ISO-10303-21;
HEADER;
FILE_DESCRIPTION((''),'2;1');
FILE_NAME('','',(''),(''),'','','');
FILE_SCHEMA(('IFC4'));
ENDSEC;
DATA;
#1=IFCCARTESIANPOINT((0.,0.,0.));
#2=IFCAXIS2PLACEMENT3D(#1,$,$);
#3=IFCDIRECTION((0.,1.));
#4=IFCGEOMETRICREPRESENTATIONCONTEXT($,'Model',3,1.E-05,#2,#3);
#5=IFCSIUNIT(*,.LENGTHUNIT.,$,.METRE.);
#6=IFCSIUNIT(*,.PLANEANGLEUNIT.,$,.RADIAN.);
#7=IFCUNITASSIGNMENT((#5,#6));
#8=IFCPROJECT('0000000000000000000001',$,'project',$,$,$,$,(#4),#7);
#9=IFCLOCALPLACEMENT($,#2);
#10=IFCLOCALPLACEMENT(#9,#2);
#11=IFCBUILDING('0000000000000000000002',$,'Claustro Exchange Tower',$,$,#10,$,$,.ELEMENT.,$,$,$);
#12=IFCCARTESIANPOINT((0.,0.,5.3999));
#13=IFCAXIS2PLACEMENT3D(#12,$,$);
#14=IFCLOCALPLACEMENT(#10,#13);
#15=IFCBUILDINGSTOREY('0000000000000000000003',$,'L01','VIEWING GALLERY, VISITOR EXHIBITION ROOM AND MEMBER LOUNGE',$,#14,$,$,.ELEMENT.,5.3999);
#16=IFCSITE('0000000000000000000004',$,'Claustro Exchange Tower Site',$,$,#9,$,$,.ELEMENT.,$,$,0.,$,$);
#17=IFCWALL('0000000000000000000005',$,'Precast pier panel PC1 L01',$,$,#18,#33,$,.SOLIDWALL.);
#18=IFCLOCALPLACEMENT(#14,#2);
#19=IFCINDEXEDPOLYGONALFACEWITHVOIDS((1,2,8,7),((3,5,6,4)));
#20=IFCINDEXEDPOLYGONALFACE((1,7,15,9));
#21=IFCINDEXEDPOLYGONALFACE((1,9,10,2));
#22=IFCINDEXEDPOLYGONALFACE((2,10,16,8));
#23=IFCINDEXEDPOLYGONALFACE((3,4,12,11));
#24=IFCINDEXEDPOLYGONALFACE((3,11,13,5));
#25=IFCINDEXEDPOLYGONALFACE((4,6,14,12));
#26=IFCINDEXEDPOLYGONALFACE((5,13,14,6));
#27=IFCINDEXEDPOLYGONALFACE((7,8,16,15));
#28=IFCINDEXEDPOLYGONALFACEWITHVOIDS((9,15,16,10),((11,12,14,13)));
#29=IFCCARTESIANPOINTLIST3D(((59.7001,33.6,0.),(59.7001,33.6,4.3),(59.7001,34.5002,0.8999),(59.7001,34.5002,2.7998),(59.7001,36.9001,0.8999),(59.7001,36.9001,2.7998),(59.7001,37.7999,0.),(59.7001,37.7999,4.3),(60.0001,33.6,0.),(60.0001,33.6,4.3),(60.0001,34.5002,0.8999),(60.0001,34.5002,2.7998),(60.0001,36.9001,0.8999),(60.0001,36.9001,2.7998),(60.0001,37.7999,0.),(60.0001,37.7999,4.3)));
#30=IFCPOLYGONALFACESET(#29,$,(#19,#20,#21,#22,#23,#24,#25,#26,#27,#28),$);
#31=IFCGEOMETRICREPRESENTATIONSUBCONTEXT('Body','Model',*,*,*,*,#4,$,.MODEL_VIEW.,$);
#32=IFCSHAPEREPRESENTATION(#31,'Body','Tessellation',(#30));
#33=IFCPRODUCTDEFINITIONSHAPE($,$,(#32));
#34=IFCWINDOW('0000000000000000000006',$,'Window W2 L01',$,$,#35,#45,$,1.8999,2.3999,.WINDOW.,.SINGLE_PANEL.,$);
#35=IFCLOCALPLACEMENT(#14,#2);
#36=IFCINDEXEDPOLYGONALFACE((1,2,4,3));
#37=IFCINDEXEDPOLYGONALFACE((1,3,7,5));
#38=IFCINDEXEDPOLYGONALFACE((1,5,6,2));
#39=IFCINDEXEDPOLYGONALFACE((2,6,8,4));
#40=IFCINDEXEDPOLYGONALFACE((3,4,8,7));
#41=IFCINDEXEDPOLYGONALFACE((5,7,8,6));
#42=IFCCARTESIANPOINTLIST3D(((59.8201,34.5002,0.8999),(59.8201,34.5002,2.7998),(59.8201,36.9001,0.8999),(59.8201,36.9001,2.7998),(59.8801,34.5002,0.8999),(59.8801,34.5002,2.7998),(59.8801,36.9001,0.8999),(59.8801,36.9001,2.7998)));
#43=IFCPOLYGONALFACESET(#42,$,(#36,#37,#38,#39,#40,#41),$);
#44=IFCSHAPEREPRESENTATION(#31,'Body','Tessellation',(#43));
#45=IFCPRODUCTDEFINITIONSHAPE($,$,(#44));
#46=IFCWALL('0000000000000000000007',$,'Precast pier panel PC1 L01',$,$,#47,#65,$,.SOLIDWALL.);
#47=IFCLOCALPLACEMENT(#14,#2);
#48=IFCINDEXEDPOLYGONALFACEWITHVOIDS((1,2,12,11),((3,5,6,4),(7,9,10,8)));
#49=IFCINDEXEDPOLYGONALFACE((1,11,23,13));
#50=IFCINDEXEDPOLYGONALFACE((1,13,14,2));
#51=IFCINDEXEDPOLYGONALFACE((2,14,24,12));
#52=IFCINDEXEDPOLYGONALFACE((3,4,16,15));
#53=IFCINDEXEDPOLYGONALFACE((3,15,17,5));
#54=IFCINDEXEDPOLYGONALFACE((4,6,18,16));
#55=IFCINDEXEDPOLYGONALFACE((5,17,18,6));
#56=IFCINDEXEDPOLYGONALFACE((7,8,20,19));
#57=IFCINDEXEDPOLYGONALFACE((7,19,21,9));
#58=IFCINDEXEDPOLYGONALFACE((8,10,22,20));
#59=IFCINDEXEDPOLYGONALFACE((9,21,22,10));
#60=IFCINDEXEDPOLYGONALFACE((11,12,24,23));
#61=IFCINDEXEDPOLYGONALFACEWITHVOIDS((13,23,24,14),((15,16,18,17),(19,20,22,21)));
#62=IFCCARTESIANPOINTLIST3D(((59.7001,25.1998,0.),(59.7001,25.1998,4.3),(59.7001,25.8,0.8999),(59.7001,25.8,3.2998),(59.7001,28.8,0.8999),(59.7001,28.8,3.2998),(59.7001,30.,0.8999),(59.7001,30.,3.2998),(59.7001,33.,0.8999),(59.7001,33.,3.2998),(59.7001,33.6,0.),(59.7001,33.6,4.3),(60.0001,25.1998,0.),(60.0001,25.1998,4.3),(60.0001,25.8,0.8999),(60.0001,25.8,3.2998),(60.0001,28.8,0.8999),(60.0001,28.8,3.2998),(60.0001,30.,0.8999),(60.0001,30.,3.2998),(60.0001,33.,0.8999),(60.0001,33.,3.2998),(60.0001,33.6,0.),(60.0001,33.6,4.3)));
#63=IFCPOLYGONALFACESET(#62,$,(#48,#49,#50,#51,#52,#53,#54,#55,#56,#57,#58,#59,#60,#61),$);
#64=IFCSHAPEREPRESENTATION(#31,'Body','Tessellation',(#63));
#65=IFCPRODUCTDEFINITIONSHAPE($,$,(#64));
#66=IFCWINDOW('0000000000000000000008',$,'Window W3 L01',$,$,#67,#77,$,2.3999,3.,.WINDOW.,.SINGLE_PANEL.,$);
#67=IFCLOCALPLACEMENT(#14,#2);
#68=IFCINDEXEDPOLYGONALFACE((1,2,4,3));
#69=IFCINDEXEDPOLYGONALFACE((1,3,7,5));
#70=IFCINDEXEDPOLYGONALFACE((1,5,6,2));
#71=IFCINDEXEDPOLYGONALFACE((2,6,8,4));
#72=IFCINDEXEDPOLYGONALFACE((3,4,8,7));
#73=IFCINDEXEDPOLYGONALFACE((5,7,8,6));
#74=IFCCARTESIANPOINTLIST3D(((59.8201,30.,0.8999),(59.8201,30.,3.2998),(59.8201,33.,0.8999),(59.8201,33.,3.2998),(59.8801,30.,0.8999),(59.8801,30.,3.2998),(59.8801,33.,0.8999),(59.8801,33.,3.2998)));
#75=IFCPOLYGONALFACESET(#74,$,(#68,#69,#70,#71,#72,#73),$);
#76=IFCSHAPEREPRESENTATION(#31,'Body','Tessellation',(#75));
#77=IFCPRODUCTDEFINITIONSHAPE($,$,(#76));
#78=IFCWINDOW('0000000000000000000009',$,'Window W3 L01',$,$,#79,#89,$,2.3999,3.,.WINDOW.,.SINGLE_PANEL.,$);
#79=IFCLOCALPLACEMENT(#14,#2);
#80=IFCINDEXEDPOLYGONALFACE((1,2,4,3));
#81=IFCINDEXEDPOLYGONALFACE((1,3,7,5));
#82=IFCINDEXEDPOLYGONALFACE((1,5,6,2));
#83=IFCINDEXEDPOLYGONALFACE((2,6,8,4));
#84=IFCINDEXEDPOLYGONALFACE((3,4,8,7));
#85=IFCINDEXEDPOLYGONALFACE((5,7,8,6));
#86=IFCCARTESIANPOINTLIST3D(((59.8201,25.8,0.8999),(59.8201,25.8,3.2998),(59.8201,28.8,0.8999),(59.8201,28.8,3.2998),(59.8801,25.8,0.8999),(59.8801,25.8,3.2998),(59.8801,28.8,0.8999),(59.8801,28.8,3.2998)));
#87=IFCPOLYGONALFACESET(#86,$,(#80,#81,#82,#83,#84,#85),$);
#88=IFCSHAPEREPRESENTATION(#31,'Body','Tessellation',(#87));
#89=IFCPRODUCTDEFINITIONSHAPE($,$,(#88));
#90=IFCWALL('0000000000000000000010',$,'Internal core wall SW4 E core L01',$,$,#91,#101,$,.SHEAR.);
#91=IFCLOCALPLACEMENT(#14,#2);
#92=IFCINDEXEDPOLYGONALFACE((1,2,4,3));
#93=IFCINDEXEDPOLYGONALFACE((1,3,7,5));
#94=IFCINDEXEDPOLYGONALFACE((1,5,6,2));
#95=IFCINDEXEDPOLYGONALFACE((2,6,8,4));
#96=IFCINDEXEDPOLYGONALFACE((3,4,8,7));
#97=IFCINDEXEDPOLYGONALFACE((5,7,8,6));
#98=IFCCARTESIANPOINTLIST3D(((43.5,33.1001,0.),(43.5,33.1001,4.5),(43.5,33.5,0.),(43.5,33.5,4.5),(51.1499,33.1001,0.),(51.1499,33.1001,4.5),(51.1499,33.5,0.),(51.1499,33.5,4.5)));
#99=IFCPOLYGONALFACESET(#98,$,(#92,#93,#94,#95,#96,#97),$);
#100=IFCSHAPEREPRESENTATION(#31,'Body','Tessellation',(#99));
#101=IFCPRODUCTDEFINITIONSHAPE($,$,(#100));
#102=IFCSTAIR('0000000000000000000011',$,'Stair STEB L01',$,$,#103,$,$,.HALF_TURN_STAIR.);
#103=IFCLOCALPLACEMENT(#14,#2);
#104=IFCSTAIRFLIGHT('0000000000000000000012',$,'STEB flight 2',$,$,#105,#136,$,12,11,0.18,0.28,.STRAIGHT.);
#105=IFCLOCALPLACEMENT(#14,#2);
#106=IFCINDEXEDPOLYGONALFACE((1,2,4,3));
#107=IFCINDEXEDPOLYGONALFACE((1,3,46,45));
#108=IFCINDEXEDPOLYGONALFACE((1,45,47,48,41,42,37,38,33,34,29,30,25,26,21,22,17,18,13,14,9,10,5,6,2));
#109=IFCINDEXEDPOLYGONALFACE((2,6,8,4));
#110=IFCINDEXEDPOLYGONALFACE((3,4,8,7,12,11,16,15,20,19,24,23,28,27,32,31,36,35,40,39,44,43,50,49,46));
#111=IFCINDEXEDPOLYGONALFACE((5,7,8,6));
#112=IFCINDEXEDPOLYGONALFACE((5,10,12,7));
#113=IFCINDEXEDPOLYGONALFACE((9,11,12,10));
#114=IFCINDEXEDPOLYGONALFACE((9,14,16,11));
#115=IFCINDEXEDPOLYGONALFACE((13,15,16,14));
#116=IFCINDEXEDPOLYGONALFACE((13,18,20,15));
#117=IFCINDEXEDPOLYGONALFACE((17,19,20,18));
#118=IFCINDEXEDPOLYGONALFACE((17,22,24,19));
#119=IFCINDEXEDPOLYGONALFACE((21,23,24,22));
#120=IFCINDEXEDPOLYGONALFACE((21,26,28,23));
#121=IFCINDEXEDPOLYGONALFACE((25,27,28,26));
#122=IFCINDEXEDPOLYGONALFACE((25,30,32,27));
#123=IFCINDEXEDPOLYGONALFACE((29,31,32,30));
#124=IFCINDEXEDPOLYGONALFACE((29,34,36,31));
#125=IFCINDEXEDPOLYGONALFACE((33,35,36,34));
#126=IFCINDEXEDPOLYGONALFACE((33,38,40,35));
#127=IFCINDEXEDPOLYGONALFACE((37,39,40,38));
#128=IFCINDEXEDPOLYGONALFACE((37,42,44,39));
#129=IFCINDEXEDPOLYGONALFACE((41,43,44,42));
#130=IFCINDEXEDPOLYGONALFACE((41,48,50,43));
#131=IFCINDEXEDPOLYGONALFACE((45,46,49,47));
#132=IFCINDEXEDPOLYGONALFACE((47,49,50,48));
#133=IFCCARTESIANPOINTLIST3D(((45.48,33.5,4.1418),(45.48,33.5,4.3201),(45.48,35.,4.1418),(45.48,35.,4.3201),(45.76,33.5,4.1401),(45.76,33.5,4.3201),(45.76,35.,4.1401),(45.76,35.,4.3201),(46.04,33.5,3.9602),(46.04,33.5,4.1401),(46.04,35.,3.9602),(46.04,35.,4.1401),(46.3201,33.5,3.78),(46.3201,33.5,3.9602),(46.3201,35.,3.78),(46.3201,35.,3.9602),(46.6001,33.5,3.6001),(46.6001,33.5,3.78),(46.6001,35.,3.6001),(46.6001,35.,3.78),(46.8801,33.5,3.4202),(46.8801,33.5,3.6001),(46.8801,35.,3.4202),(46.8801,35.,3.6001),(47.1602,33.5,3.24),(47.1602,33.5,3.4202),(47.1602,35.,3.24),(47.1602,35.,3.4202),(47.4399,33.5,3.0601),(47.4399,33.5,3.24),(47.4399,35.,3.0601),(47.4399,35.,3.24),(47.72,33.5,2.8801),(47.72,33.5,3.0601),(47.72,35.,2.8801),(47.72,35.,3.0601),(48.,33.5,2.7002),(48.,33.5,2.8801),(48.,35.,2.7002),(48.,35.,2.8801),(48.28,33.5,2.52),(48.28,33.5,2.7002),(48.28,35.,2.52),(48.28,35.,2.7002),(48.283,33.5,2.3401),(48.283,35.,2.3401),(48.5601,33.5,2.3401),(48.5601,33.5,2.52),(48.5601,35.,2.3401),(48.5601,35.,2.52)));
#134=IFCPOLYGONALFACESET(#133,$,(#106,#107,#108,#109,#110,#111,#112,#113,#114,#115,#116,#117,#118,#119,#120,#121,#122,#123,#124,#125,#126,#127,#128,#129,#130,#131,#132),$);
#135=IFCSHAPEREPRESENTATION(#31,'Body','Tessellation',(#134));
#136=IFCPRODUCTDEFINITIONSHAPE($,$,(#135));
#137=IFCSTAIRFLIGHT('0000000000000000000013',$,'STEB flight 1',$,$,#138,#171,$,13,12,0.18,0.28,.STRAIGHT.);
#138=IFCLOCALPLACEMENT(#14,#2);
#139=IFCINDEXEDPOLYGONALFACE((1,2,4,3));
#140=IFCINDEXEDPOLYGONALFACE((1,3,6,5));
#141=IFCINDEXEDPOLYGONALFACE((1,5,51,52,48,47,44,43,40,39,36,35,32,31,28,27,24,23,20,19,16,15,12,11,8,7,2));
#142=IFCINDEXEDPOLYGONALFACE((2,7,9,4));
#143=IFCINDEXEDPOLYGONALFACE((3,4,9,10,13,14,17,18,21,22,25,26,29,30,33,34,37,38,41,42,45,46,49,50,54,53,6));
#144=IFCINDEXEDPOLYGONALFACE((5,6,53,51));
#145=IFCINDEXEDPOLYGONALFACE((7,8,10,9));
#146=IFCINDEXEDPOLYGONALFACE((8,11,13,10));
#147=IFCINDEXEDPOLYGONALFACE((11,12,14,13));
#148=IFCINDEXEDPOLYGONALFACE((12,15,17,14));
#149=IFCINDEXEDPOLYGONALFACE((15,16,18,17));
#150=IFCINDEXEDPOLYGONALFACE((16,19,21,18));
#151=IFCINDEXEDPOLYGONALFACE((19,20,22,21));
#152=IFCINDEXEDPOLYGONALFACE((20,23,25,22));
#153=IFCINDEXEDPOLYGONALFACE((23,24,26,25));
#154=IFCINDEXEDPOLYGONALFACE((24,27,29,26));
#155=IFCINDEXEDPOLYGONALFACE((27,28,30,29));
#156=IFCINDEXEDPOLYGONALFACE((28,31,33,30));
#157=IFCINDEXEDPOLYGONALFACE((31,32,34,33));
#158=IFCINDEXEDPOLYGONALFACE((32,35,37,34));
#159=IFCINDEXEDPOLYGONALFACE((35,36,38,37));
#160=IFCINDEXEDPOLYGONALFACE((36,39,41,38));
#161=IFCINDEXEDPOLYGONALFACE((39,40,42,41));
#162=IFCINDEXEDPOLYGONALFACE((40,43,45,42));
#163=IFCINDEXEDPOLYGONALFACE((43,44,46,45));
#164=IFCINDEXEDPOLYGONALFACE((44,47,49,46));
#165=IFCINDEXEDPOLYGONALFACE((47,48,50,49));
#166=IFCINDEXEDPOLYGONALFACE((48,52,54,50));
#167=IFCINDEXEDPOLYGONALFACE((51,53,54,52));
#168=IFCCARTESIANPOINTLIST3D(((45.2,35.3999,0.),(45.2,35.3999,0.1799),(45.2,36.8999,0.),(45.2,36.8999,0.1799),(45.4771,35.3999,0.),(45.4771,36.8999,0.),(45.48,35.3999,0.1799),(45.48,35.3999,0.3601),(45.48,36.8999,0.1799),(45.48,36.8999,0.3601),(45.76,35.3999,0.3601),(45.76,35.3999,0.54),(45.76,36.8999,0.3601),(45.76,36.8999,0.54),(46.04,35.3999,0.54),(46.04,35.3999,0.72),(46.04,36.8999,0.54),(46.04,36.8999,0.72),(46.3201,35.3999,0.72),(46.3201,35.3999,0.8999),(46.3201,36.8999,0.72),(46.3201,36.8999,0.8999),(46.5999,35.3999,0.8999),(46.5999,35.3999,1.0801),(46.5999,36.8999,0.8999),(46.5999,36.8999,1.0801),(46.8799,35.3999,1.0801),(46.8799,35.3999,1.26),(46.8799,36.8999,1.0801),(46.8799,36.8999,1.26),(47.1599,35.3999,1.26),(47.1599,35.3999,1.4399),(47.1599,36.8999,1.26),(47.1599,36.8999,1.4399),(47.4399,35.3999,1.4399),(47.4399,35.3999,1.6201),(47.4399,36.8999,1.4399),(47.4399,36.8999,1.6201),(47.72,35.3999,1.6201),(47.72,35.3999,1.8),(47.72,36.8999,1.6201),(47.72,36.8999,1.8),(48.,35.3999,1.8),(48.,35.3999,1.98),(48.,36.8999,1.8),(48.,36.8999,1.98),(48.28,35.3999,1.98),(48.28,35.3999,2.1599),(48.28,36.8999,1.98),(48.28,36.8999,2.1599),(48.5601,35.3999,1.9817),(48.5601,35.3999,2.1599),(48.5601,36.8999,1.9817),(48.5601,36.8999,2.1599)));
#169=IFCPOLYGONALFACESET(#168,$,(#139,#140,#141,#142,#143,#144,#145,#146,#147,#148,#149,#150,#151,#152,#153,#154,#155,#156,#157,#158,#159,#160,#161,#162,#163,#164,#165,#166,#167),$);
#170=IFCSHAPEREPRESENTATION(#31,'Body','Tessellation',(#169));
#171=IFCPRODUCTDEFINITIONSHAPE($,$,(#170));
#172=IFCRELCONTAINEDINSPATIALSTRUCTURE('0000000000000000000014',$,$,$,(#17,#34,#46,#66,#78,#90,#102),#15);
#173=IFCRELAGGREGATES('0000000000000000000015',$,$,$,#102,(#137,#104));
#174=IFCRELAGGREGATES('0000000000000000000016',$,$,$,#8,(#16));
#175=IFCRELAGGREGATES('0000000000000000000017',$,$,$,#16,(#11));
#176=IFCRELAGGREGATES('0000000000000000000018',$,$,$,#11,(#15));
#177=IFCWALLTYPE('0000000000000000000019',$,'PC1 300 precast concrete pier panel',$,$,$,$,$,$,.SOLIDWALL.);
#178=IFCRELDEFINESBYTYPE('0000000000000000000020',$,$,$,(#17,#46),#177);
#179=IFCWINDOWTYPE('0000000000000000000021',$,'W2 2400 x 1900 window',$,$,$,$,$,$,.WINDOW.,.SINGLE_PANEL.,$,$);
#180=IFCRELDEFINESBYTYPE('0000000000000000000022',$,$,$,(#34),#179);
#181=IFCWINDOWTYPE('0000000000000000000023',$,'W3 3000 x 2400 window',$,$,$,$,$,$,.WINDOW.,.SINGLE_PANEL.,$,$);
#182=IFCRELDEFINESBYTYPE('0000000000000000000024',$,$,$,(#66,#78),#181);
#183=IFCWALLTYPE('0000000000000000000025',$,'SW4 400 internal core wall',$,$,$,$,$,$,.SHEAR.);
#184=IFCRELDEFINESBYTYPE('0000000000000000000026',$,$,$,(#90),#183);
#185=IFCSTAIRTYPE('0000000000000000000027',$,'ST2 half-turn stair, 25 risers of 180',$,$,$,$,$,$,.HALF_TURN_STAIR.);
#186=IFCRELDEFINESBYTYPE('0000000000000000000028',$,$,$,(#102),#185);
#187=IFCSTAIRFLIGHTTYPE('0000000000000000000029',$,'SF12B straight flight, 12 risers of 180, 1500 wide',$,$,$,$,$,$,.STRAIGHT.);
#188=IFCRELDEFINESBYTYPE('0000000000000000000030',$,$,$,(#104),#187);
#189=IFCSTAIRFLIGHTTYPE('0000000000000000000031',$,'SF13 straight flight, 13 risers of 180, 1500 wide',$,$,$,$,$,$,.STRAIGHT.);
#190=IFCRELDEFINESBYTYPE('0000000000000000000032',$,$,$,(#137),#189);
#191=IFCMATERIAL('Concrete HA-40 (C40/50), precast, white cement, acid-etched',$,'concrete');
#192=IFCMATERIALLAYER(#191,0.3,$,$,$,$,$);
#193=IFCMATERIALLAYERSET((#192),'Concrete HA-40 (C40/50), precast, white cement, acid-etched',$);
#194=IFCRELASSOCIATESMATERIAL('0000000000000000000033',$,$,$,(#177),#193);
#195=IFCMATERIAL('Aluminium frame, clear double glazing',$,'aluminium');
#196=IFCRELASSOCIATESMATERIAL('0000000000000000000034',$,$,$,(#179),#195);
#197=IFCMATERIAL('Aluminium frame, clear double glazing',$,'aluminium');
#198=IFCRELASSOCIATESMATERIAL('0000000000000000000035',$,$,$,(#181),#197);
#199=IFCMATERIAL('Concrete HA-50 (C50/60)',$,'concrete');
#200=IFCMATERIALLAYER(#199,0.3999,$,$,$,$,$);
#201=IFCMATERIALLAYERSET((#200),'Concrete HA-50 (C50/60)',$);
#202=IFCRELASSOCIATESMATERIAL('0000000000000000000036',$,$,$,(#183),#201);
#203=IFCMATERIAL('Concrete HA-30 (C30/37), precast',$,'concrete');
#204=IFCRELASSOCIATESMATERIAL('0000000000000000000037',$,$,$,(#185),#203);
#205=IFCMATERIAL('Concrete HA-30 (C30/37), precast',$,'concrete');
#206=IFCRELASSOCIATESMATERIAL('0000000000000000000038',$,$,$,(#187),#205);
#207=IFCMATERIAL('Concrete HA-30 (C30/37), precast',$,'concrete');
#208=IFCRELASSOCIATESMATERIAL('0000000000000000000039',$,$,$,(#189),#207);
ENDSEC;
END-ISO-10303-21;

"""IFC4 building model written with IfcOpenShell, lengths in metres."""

from ifc_helpers import new_model, si_unit, direction, frame, frame_2d, origin, place, context, subcontext, project, spatial, polyline, rectangle, outline, extrude, material, layer, layer_set, type_object, element, fill, aggregate, save


model = new_model("IFC4")

# Units and contexts
model_context = context("Model", 3, precision=1e-05, world=origin(), true_north=direction((0.0, 1.0)))
body_context = subcontext(model_context, "Body", "Model", "MODEL_VIEW")
ifc_project = project(units=[si_unit("LENGTHUNIT", "METRE"), si_unit("PLANEANGLEUNIT", "RADIAN")], contexts=[model_context])

# Site, building, storey
site_placement = place(None, origin())
site = spatial("IfcSite", under=ifc_project, at=site_placement, Name="Claustro Exchange Tower Site", CompositionType="ELEMENT", RefElevation=0.0)
building_placement = place(site_placement, origin())
building = spatial("IfcBuilding", under=site, at=building_placement, Name="Claustro Exchange Tower", CompositionType="ELEMENT")
storey_placement = place(building_placement, frame((0.0, 0.0, 5.3999)))
storey = spatial("IfcBuildingStorey", under=building, at=storey_placement, Name="L01", Description="VIEWING GALLERY, VISITOR EXHIBITION ROOM AND MEMBER LOUNGE", CompositionType="ELEMENT", Elevation=5.3999)

# Wall, opening, window
ifc_material_1 = material(Name="Concrete HA-40 (C40/50), precast, white cement, acid-etched", Category="concrete")
ifc_layer_1 = layer(ifc_material_1, 0.3)
ifc_layer_set_1 = layer_set([ifc_layer_1], Name="Concrete HA-40 (C40/50), precast, white cement, acid-etched")
wall_type_1 = type_object("IfcWallType", Name="PC1 300 precast concrete pier panel", PredefinedType="SOLIDWALL", material=ifc_layer_set_1)
ifc_material_2 = material(Name="Aluminium frame, clear double glazing", Category="aluminium")
window_type_1 = type_object("IfcWindowType", Name="W2 2400 x 1900 window", PartitioningType="SINGLE_PANEL", PredefinedType="WINDOW", material=ifc_material_2)
wall_1_placement = place(storey_placement, frame((59.8501, 37.8, 0.0), z_axis=(0.0, 0.0, 1.0), x_axis=(0.0, -1.0, 0.0)))
wall_1 = element("IfcWall", 1, at=wall_1_placement, inside=storey, type_object=wall_type_1, Name="Precast pier panel PC1 L01", PredefinedType="SOLIDWALL", context=body_context, shape_type="SweptSolid", body=[
    extrude(rectangle(XDim=4.2, YDim=0.3, at=frame_2d((2.1001, 0.0))), origin(), (0.0, 0.0, 1.0), 4.3),
])
opening_1_placement = place(wall_1_placement, frame((0.8999, 0.0, 0.8999)))
opening_1 = element("IfcOpeningElement", 2, at=opening_1_placement, cuts=wall_1, PredefinedType="OPENING", context=body_context, shape_type="SweptSolid", body=[
    extrude(rectangle(XDim=2.3999, YDim=1.8999, at=frame_2d((1.2, 0.95))), frame((0.0, 0.1599, 0.0), z_axis=(0.0, -1.0, 0.0), x_axis=(1.0, 0.0, 0.0)), (0.0, 0.0, 1.0), 0.3201),
])
window_1_placement = place(opening_1_placement, origin())
window_1 = element("IfcWindow", 3, at=window_1_placement, inside=storey, type_object=window_type_1, Name="Window W2 L01", OverallHeight=1.8999, OverallWidth=2.3999, PartitioningType="SINGLE_PANEL", PredefinedType="WINDOW", context=body_context, shape_type="SweptSolid", body=[
    extrude(rectangle(XDim=2.3999, YDim=1.8999, at=frame_2d((1.2, 0.95))), frame((0.0, 0.03, 0.0), z_axis=(0.0, -1.0, 0.0), x_axis=(1.0, 0.0, 0.0)), (0.0, 0.0, 1.0), 0.0601),
])
fill(opening_1, window_1)

# Wall, openings, windows
wall_2_placement = place(storey_placement, frame((59.8501, 33.6001, 0.0), z_axis=(0.0, 0.0, 1.0), x_axis=(0.0, -1.0, 0.0)))
wall_2 = element("IfcWall", 4, at=wall_2_placement, inside=storey, type_object=wall_type_1, Name="Precast pier panel PC1 L01", PredefinedType="SOLIDWALL", context=body_context, shape_type="SweptSolid", body=[
    extrude(rectangle(XDim=8.4001, YDim=0.3, at=frame_2d((4.2002, 0.0))), origin(), (0.0, 0.0, 1.0), 4.3),
])
opening_2_placement = place(wall_2_placement, frame((0.6001, 0.0, 0.8999)))
opening_2 = element("IfcOpeningElement", 5, at=opening_2_placement, cuts=wall_2, PredefinedType="OPENING", context=body_context, shape_type="SweptSolid", body=[
    extrude(rectangle(XDim=3.0, YDim=2.3999, at=frame_2d((1.5, 1.2))), frame((0.0, 0.1599, 0.0), z_axis=(0.0, -1.0, 0.0), x_axis=(1.0, 0.0, 0.0)), (0.0, 0.0, 1.0), 0.3201),
])
opening_3_placement = place(wall_2_placement, frame((4.8, 0.0, 0.8999)))
opening_3 = element("IfcOpeningElement", 6, at=opening_3_placement, cuts=wall_2, PredefinedType="OPENING", context=body_context, shape_type="SweptSolid", body=[
    extrude(rectangle(XDim=3.0, YDim=2.3999, at=frame_2d((1.5, 1.2))), frame((0.0, 0.1599, 0.0), z_axis=(0.0, -1.0, 0.0), x_axis=(1.0, 0.0, 0.0)), (0.0, 0.0, 1.0), 0.3201),
])
ifc_material_3 = material(Name="Aluminium frame, clear double glazing", Category="aluminium")
window_type_2 = type_object("IfcWindowType", Name="W3 3000 x 2400 window", PartitioningType="SINGLE_PANEL", PredefinedType="WINDOW", material=ifc_material_3)
window_2_placement = place(opening_2_placement, origin())
window_2 = element("IfcWindow", 7, at=window_2_placement, inside=storey, type_object=window_type_2, Name="Window W3 L01", OverallHeight=2.3999, OverallWidth=3.0, PartitioningType="SINGLE_PANEL", PredefinedType="WINDOW", context=body_context, shape_type="SweptSolid", body=[
    extrude(rectangle(XDim=3.0, YDim=2.3999, at=frame_2d((1.5, 1.2))), frame((0.0, 0.03, 0.0), z_axis=(0.0, -1.0, 0.0), x_axis=(1.0, 0.0, 0.0)), (0.0, 0.0, 1.0), 0.0601),
])
fill(opening_2, window_2)
window_3_placement = place(opening_3_placement, origin())
window_3 = element("IfcWindow", 8, at=window_3_placement, inside=storey, type_object=window_type_2, Name="Window W3 L01", OverallHeight=2.3999, OverallWidth=3.0, PartitioningType="SINGLE_PANEL", PredefinedType="WINDOW", context=body_context, shape_type="SweptSolid", body=[
    extrude(rectangle(XDim=3.0, YDim=2.3999, at=frame_2d((1.5, 1.2))), frame((0.0, 0.03, 0.0), z_axis=(0.0, -1.0, 0.0), x_axis=(1.0, 0.0, 0.0)), (0.0, 0.0, 1.0), 0.0601),
])
fill(opening_3, window_3)

# Wall
ifc_material_4 = material(Name="Concrete HA-50 (C50/60)", Category="concrete")
ifc_layer_2 = layer(ifc_material_4, 0.3999)
ifc_layer_set_2 = layer_set([ifc_layer_2], Name="Concrete HA-50 (C50/60)")
wall_type_2 = type_object("IfcWallType", Name="SW4 400 internal core wall", PredefinedType="SHEAR", material=ifc_layer_set_2)
wall_3_placement = place(storey_placement, frame((51.1499, 33.3, 0.0), z_axis=(0.0, 0.0, 1.0), x_axis=(-1.0, 0.0, 0.0)))
element("IfcWall", 9, at=wall_3_placement, inside=storey, type_object=wall_type_2, Name="Internal core wall SW4 E core L01", PredefinedType="SHEAR", context=body_context, shape_type="SweptSolid", body=[
    extrude(rectangle(XDim=7.6499, YDim=0.3999, at=frame_2d((3.825, 0.0))), origin(), (0.0, 0.0, 1.0), 4.5),
])

# Stair, stair flights
ifc_material_5 = material(Name="Concrete HA-30 (C30/37), precast", Category="concrete")
stair_type = type_object("IfcStairType", Name="ST2 half-turn stair, 25 risers of 180", PredefinedType="HALF_TURN_STAIR", material=ifc_material_5)
stair_placement = place(storey_placement, origin())
stair = element("IfcStair", 10, at=stair_placement, inside=storey, type_object=stair_type, Name="Stair STEB L01", PredefinedType="HALF_TURN_STAIR")
ifc_material_6 = material(Name="Concrete HA-30 (C30/37), precast", Category="concrete")
stair_flight_type_1 = type_object("IfcStairFlightType", Name="SF12B straight flight, 12 risers of 180, 1500 wide", PredefinedType="STRAIGHT", material=ifc_material_6)
stair_flight_1_placement = place(storey_placement, frame((48.5601, 34.25, 2.3401), z_axis=(0.0, 0.0, 1.0), x_axis=(-1.0, 0.0, 0.0)))
stair_flight_1 = element("IfcStairFlight", 11, at=stair_flight_1_placement, type_object=stair_flight_type_1, Name="STEB flight 2", NumberOfRisers=12, NumberOfTreads=11, PredefinedType="STRAIGHT", RiserHeight=0.18, TreadLength=0.28, context=body_context, shape_type="SweptSolid", body=[
    extrude(outline(polyline([(0.0, 0.0), (0.0, 0.1799), (0.28, 0.1799), (0.28, 0.3601), (0.5601, 0.3601), (0.5601, 0.54), (0.8401, 0.54), (0.8401, 0.72), (1.1201, 0.72), (1.1201, 0.8999), (1.3999, 0.8999), (1.3999, 1.0801), (1.6799, 1.0801), (1.6799, 1.26), (1.96, 1.26), (1.96, 1.4399), (2.24, 1.4399), (2.24, 1.6201), (2.52, 1.6201), (2.52, 1.8), (2.8, 1.8), (2.8, 1.98), (3.0801, 1.98), (3.0801, 2.1599), (3.0801, 1.8018), (0.2771, 0.0), (0.0, 0.0)])), frame((0.0, 0.75, 0.0), z_axis=(0.0, -1.0, 0.0), x_axis=(1.0, 0.0, 0.0)), (0.0, 0.0, 1.0), 1.5),
])
ifc_material_7 = material(Name="Concrete HA-30 (C30/37), precast", Category="concrete")
stair_flight_type_2 = type_object("IfcStairFlightType", Name="SF13 straight flight, 13 risers of 180, 1500 wide", PredefinedType="STRAIGHT", material=ifc_material_7)
stair_flight_2_placement = place(storey_placement, frame((45.2, 36.1499, 0.0), z_axis=(0.0, 0.0, 1.0), x_axis=(1.0, 0.0, 0.0)))
stair_flight_2 = element("IfcStairFlight", 12, at=stair_flight_2_placement, type_object=stair_flight_type_2, Name="STEB flight 1", NumberOfRisers=13, NumberOfTreads=12, PredefinedType="STRAIGHT", RiserHeight=0.18, TreadLength=0.28, context=body_context, shape_type="SweptSolid", body=[
    extrude(outline(polyline([(0.0, 0.0), (0.0, 0.1799), (0.28, 0.1799), (0.28, 0.3601), (0.5601, 0.3601), (0.5601, 0.54), (0.8401, 0.54), (0.8401, 0.72), (1.1201, 0.72), (1.1201, 0.8999), (1.3999, 0.8999), (1.3999, 1.0801), (1.6799, 1.0801), (1.6799, 1.26), (1.96, 1.26), (1.96, 1.4399), (2.24, 1.4399), (2.24, 1.6201), (2.52, 1.6201), (2.52, 1.8), (2.8, 1.8), (2.8, 1.98), (3.0801, 1.98), (3.0801, 2.1599), (3.3601, 2.1599), (3.3601, 2.3401), (3.3601, 1.9817), (0.2771, 0.0), (0.0, 0.0)])), frame((0.0, 0.75, 0.0), z_axis=(0.0, -1.0, 0.0), x_axis=(1.0, 0.0, 0.0)), (0.0, 0.0, 1.0), 1.5),
])
aggregate(stair, [stair_flight_2, stair_flight_1])

save(model, "model.ifc")
